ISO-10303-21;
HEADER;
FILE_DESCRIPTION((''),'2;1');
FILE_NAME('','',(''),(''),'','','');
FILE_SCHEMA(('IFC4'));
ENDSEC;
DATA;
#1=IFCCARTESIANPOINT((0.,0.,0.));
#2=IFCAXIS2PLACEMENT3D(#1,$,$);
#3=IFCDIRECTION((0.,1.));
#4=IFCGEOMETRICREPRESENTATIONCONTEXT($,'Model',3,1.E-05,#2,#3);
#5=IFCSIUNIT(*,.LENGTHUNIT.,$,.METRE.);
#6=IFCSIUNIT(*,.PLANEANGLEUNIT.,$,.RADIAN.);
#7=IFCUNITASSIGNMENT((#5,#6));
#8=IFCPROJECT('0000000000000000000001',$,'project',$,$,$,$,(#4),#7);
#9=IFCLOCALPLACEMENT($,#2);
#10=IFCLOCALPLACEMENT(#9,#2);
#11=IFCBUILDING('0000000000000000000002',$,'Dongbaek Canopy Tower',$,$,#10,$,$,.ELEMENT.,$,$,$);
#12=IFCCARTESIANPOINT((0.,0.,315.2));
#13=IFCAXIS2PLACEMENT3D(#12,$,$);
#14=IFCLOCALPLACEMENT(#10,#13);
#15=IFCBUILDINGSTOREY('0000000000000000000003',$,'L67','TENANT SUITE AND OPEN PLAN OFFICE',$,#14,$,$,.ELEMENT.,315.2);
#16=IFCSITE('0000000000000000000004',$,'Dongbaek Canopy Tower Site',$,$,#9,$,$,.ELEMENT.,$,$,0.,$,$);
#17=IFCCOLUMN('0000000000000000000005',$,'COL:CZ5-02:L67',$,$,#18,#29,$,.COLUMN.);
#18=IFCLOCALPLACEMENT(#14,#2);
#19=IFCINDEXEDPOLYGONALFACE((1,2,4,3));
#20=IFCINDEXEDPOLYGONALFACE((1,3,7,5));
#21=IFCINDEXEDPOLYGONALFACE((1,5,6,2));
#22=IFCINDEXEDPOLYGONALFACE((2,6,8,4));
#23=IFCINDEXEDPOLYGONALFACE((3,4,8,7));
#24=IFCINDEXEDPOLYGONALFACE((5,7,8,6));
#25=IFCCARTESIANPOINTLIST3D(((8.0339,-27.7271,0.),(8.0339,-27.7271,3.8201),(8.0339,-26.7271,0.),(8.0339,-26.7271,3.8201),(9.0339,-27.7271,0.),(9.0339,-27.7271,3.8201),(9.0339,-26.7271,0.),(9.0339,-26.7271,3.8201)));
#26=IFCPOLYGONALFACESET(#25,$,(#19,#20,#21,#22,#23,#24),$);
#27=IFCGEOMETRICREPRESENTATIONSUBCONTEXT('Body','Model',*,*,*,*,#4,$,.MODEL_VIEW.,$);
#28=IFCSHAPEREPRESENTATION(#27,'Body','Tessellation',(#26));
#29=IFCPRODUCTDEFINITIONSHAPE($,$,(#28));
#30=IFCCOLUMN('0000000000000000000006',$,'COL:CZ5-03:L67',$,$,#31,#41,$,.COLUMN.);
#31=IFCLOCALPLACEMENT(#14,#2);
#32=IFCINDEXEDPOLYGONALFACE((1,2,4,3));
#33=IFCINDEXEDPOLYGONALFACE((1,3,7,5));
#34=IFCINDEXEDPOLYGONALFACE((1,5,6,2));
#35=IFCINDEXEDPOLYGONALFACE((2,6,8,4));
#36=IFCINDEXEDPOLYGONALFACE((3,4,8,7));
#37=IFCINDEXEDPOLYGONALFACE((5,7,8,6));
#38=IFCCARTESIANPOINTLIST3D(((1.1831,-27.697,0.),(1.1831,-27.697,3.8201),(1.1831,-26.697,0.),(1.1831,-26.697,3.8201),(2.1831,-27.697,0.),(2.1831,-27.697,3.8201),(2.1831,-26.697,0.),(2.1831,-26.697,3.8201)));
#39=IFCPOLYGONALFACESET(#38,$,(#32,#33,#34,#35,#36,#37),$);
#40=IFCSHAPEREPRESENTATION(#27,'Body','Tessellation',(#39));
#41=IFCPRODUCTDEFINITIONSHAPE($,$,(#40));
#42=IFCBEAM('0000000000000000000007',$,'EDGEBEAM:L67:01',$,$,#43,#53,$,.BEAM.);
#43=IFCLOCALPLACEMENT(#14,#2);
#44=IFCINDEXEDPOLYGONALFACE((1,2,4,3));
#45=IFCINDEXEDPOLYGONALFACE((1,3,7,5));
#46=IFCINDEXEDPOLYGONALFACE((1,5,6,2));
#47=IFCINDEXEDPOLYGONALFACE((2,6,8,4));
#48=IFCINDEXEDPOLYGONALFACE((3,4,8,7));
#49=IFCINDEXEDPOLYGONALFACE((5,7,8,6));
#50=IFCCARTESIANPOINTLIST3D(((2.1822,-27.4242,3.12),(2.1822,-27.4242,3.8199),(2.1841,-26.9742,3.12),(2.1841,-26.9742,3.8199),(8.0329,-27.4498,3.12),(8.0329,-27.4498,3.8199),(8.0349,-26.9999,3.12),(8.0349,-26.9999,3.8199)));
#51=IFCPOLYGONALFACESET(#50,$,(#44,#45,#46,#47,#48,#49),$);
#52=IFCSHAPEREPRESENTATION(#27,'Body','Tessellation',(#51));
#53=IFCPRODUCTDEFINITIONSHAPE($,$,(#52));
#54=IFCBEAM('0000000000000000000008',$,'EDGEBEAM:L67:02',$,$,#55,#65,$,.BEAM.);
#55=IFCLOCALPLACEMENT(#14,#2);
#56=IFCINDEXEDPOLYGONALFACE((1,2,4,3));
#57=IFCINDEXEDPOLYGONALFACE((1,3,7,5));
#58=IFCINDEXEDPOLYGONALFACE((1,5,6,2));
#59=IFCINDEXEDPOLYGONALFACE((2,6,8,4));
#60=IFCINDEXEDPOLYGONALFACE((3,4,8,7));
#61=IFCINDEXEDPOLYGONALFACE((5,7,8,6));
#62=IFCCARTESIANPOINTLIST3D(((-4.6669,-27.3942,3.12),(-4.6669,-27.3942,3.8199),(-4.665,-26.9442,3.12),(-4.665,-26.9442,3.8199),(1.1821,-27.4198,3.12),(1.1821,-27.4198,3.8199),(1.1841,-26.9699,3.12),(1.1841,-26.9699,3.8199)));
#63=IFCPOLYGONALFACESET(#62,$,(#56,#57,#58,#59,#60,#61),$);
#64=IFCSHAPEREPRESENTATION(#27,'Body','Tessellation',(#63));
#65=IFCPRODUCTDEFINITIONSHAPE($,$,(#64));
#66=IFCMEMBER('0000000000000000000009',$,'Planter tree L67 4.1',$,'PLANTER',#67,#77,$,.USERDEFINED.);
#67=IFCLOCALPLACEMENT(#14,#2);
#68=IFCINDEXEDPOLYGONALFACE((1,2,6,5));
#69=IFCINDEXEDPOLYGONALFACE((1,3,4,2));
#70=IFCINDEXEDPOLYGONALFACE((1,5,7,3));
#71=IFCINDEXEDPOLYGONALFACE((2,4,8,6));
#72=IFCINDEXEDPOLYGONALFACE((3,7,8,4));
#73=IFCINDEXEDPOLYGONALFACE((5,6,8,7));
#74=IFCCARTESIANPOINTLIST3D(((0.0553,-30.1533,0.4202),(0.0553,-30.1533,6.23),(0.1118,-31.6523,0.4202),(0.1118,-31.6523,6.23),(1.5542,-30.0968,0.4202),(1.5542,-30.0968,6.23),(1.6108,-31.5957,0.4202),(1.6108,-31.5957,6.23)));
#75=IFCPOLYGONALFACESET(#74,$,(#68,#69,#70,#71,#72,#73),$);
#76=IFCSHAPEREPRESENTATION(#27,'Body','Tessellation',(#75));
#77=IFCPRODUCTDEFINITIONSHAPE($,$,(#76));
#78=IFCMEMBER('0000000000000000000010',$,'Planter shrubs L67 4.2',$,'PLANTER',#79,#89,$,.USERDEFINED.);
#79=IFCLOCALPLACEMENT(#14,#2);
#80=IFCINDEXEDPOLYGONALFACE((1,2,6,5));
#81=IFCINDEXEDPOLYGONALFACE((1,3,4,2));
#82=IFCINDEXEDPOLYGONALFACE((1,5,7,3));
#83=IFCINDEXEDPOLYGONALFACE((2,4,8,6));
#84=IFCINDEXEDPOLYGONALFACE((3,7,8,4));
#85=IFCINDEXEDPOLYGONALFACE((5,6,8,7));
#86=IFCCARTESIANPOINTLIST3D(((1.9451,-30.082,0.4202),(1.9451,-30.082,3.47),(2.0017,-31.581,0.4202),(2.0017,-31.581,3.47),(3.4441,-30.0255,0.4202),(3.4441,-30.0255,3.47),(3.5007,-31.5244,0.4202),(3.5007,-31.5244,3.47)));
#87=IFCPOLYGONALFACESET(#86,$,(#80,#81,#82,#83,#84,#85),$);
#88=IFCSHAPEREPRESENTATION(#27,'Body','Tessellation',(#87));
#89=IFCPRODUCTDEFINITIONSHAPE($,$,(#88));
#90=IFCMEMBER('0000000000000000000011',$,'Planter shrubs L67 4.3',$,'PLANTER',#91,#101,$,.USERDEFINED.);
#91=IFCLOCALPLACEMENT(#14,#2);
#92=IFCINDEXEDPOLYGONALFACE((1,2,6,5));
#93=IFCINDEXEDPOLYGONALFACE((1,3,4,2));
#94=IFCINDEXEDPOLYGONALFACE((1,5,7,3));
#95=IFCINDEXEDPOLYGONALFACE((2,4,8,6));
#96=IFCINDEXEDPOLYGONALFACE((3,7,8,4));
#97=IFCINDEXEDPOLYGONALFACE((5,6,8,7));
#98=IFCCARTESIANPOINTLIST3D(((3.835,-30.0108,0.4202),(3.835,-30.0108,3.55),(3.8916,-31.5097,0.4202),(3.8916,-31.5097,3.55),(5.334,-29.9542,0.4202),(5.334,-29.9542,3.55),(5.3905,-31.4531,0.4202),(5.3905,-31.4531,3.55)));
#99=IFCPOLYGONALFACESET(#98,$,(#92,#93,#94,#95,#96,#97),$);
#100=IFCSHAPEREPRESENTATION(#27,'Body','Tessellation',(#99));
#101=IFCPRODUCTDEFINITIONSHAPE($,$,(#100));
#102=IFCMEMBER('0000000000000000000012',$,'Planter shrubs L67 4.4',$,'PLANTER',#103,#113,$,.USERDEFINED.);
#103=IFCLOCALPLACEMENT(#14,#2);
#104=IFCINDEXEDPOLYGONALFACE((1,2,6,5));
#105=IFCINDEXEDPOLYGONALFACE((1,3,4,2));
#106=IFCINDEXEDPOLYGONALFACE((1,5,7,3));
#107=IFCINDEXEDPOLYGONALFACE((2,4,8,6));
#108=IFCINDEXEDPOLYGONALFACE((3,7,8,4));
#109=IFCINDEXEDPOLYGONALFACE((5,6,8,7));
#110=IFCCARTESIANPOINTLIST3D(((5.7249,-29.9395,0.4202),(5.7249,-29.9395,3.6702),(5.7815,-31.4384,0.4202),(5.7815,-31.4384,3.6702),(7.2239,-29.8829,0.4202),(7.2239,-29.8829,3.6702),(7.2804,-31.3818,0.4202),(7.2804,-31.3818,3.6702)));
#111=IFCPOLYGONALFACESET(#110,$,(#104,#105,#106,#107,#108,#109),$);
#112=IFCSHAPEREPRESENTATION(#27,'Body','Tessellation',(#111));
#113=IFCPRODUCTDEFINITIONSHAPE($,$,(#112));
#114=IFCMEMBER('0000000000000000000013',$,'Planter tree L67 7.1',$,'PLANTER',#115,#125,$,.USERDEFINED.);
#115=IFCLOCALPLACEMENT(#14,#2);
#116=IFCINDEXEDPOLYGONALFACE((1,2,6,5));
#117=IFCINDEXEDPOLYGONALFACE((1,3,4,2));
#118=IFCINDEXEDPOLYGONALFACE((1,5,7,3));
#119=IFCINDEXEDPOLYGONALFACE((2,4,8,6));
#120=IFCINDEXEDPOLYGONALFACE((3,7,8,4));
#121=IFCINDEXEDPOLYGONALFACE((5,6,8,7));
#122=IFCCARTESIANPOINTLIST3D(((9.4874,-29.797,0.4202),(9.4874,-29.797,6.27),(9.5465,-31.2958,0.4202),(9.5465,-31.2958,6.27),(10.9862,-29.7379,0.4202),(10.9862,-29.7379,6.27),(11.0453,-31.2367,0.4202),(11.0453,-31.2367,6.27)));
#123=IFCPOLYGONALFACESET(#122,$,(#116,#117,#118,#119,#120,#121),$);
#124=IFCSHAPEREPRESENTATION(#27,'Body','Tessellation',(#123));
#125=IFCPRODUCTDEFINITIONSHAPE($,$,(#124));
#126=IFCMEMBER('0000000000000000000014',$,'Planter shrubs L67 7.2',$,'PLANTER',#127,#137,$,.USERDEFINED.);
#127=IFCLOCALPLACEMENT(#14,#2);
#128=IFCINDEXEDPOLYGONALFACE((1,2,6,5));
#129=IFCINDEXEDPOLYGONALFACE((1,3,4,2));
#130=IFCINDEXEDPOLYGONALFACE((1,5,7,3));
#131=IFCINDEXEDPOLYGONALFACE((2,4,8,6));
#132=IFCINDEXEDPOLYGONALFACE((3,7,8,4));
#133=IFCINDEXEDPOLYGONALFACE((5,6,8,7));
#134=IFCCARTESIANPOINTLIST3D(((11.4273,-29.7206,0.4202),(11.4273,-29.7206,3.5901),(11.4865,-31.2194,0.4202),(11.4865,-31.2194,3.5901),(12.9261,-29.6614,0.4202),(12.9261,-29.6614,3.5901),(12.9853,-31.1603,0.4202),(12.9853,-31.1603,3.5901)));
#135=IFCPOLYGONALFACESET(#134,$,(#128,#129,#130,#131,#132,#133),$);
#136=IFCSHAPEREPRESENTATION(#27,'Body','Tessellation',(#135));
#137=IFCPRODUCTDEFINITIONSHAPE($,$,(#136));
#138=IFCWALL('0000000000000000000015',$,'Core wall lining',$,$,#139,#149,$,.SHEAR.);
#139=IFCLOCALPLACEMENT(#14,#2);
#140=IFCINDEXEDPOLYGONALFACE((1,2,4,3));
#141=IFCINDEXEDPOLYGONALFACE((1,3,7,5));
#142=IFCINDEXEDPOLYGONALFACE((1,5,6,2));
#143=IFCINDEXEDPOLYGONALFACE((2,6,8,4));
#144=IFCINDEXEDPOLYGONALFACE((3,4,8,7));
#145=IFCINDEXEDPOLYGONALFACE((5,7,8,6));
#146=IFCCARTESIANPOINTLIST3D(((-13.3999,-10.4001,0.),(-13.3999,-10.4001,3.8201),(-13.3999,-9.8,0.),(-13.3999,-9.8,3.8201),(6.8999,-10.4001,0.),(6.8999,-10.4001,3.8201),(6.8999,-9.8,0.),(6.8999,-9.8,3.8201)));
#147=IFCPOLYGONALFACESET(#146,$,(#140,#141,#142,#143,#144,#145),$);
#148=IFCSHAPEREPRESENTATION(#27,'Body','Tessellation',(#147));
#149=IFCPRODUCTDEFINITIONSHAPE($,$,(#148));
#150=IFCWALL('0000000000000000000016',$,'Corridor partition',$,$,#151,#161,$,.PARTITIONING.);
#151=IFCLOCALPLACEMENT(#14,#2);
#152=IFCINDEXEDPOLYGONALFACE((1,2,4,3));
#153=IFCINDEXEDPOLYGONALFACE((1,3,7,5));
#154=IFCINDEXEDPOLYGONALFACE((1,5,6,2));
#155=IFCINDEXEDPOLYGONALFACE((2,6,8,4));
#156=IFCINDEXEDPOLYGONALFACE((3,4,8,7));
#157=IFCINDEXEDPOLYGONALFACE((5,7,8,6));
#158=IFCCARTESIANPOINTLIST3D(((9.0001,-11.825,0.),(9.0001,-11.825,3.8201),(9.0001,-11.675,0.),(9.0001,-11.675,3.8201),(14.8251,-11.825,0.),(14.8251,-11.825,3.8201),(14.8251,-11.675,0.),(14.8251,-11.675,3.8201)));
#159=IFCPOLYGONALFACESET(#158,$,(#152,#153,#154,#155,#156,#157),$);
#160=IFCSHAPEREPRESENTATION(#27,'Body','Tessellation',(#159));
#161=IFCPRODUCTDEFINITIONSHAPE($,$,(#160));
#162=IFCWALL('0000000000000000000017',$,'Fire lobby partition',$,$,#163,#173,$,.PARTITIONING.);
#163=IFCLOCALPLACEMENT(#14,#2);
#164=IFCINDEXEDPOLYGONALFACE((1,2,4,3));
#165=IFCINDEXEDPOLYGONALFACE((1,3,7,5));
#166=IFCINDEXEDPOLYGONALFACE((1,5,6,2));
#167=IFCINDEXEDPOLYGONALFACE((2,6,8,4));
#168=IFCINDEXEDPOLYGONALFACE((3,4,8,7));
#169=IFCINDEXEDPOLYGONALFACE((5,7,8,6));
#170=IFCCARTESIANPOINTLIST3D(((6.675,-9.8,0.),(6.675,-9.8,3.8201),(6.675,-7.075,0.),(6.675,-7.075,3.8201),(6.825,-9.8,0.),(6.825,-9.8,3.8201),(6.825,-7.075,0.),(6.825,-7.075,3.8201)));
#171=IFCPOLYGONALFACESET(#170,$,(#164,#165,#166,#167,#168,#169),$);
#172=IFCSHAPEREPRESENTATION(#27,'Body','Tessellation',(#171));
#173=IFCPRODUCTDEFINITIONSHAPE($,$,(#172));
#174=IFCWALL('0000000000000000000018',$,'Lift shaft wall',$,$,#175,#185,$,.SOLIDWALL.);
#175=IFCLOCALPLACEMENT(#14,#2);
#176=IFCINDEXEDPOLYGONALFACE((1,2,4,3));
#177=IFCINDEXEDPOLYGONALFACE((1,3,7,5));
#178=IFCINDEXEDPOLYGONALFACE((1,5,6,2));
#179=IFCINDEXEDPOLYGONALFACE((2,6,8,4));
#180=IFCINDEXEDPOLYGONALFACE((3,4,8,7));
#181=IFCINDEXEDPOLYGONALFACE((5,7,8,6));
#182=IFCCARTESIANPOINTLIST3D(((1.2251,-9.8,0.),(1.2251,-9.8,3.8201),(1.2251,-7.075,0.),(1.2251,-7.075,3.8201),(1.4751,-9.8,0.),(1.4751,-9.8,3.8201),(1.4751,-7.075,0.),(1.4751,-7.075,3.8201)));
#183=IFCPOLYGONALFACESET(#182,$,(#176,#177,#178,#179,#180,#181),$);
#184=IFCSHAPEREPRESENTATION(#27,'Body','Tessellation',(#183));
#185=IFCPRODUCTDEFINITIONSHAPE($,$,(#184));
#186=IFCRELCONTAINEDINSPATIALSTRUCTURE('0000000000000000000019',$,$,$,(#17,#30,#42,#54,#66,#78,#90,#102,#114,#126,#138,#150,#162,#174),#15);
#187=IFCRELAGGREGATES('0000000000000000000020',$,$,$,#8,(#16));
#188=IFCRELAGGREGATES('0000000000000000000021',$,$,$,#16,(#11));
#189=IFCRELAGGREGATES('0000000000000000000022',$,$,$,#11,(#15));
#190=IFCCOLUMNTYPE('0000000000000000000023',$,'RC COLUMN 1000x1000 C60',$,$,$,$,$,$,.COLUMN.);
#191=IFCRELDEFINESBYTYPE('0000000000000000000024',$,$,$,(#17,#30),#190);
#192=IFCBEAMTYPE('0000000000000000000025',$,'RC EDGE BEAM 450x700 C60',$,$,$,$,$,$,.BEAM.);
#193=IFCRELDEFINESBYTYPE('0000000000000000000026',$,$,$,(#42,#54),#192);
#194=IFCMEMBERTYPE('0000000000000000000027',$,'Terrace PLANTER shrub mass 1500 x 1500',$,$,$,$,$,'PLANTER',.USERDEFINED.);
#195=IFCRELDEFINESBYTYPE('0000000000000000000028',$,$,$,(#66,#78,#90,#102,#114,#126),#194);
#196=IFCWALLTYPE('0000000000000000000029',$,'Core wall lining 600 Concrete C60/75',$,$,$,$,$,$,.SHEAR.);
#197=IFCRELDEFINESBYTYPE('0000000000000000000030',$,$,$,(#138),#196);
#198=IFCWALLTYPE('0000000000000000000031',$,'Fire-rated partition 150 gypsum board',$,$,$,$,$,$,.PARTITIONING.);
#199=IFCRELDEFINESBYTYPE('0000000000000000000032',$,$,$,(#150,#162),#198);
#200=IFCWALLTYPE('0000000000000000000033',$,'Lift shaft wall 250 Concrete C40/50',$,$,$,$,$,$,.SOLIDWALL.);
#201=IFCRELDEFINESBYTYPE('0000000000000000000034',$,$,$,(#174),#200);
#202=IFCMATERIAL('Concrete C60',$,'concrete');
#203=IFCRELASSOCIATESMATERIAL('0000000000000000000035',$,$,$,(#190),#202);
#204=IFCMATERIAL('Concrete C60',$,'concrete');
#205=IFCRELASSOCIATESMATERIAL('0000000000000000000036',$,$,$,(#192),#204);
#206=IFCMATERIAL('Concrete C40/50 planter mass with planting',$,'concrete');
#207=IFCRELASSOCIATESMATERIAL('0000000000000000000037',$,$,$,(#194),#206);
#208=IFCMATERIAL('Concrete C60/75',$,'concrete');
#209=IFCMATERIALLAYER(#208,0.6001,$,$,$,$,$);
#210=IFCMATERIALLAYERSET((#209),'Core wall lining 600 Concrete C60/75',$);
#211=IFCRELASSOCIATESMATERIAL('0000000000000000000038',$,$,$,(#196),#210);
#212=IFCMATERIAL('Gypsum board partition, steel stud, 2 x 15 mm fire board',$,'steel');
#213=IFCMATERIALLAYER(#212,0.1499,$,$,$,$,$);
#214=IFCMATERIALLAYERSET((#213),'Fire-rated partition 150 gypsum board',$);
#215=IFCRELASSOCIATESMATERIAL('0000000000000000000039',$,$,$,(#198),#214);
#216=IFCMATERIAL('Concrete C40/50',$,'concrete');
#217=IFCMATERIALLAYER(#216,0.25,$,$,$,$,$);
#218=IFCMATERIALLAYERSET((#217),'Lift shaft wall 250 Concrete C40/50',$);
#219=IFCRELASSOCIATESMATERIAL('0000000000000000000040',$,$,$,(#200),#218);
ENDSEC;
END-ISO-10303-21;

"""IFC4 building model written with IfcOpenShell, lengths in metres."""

from ifc_helpers import new_model, si_unit, direction, frame, frame_2d, origin, origin_2d, place, context, subcontext, project, spatial, rectangle, extrude, material, layer, layer_set, material_profile, profile_set, type_object, element, save


model = new_model("IFC4")

# Units and contexts
model_context = context("Model", 3, precision=1e-05, world=origin(), true_north=direction((0.0, 1.0)))
body_context = subcontext(model_context, "Body", "Model", "MODEL_VIEW")
ifc_project = project(units=[si_unit("LENGTHUNIT", "METRE"), si_unit("PLANEANGLEUNIT", "RADIAN")], contexts=[model_context])

# Site, building, storey
site_placement = place(None, origin())
site = spatial("IfcSite", under=ifc_project, at=site_placement, Name="Dongbaek Canopy Tower Site", CompositionType="ELEMENT", RefElevation=0.0)
building_placement = place(site_placement, origin())
building = spatial("IfcBuilding", under=site, at=building_placement, Name="Dongbaek Canopy Tower", CompositionType="ELEMENT")
storey_placement = place(building_placement, frame((0.0, 0.0, 315.2)))
storey = spatial("IfcBuildingStorey", under=building, at=storey_placement, Name="L67", Description="TENANT SUITE AND OPEN PLAN OFFICE", CompositionType="ELEMENT", Elevation=315.2)

# Columns
ifc_material_1 = material(Name="Concrete C60", Category="concrete")
ifc_material_profile_1 = material_profile(ifc_material_1, rectangle(XDim=1.0, YDim=1.0, at=origin_2d()), Name="RC COLUMN 1000x1000 C60")
ifc_profile_set_1 = profile_set([ifc_material_profile_1], Name="Concrete C60")
column_type = type_object("IfcColumnType", Name="RC COLUMN 1000x1000 C60", PredefinedType="COLUMN", material=ifc_profile_set_1)
for number, where, z_axis, x_axis, name in (
    (1, (8.5339, -27.2271, 0.0), (0.0, 0.0, 1.0), (1.0, 0.0, 0.0), "COL:CZ5-02:L67"),
    (2, (1.6831, -27.197, 0.0), (0.0, 0.0, 1.0), (1.0, 0.0, 0.0), "COL:CZ5-03:L67"),
):
    element("IfcColumn", number, at=place(storey_placement, frame(where, z_axis=z_axis, x_axis=x_axis)), inside=storey, type_object=column_type, Name=name, PredefinedType="COLUMN", context=body_context, shape_type="SweptSolid", body=[
        extrude(rectangle(XDim=1.0, YDim=1.0, at=origin_2d()), origin(), (0.0, 0.0, 1.0), 3.8201),
    ])

# Beams
ifc_material_2 = material(Name="Concrete C60", Category="concrete")
ifc_material_profile_2 = material_profile(ifc_material_2, rectangle(XDim=0.45, YDim=0.7, at=origin_2d()), Name="RC EDGE BEAM 450x700 C60")
ifc_profile_set_2 = profile_set([ifc_material_profile_2], Name="Concrete C60")
beam_type = type_object("IfcBeamType", Name="RC EDGE BEAM 450x700 C60", PredefinedType="BEAM", material=ifc_profile_set_2)
beam_1_placement = place(storey_placement, frame((8.0339, -27.2249, 3.47), z_axis=(-0.99999, 0.004381, 0.0), x_axis=(-0.004381, -0.99999, 0.0)))
element("IfcBeam", 3, at=beam_1_placement, inside=storey, type_object=beam_type, Name="EDGEBEAM:L67:01", PredefinedType="BEAM", context=body_context, shape_type="SweptSolid", body=[
    extrude(rectangle(XDim=0.45, YDim=0.7, at=origin_2d()), origin(), (0.0, 0.0, 1.0), 5.8508),
])
beam_2_placement = place(storey_placement, frame((1.1831, -27.1948, 3.47), z_axis=(-0.99999, 0.004383, 0.0), x_axis=(-0.004383, -0.99999, 0.0)))
element("IfcBeam", 4, at=beam_2_placement, inside=storey, type_object=beam_type, Name="EDGEBEAM:L67:02", PredefinedType="BEAM", context=body_context, shape_type="SweptSolid", body=[
    extrude(rectangle(XDim=0.45, YDim=0.7, at=origin_2d()), origin(), (0.0, 0.0, 1.0), 5.8491),
])

# Members
ifc_material_3 = material(Name="Concrete C40/50 planter mass with planting", Category="concrete")
ifc_material_profile_3 = material_profile(ifc_material_3, rectangle(XDim=1.5, YDim=1.5, at=origin_2d()), Name="Terrace PLANTER shrub mass 1500 x 1500")
ifc_profile_set_3 = profile_set([ifc_material_profile_3], Name="Concrete C40/50 planter mass with planting")
member_type = type_object("IfcMemberType", Name="Terrace PLANTER shrub mass 1500 x 1500", ElementType="PLANTER", PredefinedType="USERDEFINED", material=ifc_profile_set_3)
member_1_placement = place(storey_placement, frame((0.833, -30.8745, 0.4202), z_axis=(0.0, 0.0, 1.0), x_axis=(0.037712, -0.999289, 0.0)))
element("IfcMember", 5, at=member_1_placement, inside=storey, type_object=member_type, Name="Planter tree L67 4.1", ObjectType="PLANTER", PredefinedType="USERDEFINED", context=body_context, shape_type="SweptSolid", body=[
    extrude(rectangle(XDim=1.5, YDim=1.5, at=origin_2d()), origin(), (0.0, 0.0, 1.0), 5.8098),
])
member_2_placement = place(storey_placement, frame((2.7229, -30.8032, 0.4202), z_axis=(0.0, 0.0, 1.0), x_axis=(0.037712, -0.999289, 0.0)))
element("IfcMember", 6, at=member_2_placement, inside=storey, type_object=member_type, Name="Planter shrubs L67 4.2", ObjectType="PLANTER", PredefinedType="USERDEFINED", context=body_context, shape_type="SweptSolid", body=[
    extrude(rectangle(XDim=1.5, YDim=1.5, at=origin_2d()), origin(), (0.0, 0.0, 1.0), 3.0498),
])
member_3_placement = place(storey_placement, frame((4.6128, -30.7319, 0.4202), z_axis=(0.0, 0.0, 1.0), x_axis=(0.037712, -0.999289, 0.0)))
element("IfcMember", 7, at=member_3_placement, inside=storey, type_object=member_type, Name="Planter shrubs L67 4.3", ObjectType="PLANTER", PredefinedType="USERDEFINED", context=body_context, shape_type="SweptSolid", body=[
    extrude(rectangle(XDim=1.5, YDim=1.5, at=origin_2d()), origin(), (0.0, 0.0, 1.0), 3.1299),
])
member_4_placement = place(storey_placement, frame((6.5027, -30.6606, 0.4202), z_axis=(0.0, 0.0, 1.0), x_axis=(0.037712, -0.999289, 0.0)))
element("IfcMember", 8, at=member_4_placement, inside=storey, type_object=member_type, Name="Planter shrubs L67 4.4", ObjectType="PLANTER", PredefinedType="USERDEFINED", context=body_context, shape_type="SweptSolid", body=[
    extrude(rectangle(XDim=1.5, YDim=1.5, at=origin_2d()), origin(), (0.0, 0.0, 1.0), 3.25),
])
member_5_placement = place(storey_placement, frame((10.2664, -30.5168, 0.4202), z_axis=(0.0, 0.0, 1.0), x_axis=(0.039433, -0.999222, 0.0)))
element("IfcMember", 9, at=member_5_placement, inside=storey, type_object=member_type, Name="Planter tree L67 7.1", ObjectType="PLANTER", PredefinedType="USERDEFINED", context=body_context, shape_type="SweptSolid", body=[
    extrude(rectangle(XDim=1.5, YDim=1.5, at=origin_2d()), origin(), (0.0, 0.0, 1.0), 5.8499),
])
member_6_placement = place(storey_placement, frame((12.2063, -30.4404, 0.4202), z_axis=(0.0, 0.0, 1.0), x_axis=(0.039433, -0.999222, 0.0)))
element("IfcMember", 10, at=member_6_placement, inside=storey, type_object=member_type, Name="Planter shrubs L67 7.2", ObjectType="PLANTER", PredefinedType="USERDEFINED", context=body_context, shape_type="SweptSolid", body=[
    extrude(rectangle(XDim=1.5, YDim=1.5, at=origin_2d()), origin(), (0.0, 0.0, 1.0), 3.1699),
])

# Walls
ifc_material_4 = material(Name="Concrete C60/75", Category="concrete")
ifc_layer_1 = layer(ifc_material_4, 0.6001)
ifc_layer_set_1 = layer_set([ifc_layer_1], Name="Core wall lining 600 Concrete C60/75")
wall_type_1 = type_object("IfcWallType", Name="Core wall lining 600 Concrete C60/75", PredefinedType="SHEAR", material=ifc_layer_set_1)
wall_1_placement = place(storey_placement, frame((6.8999, -10.1001, 0.0), z_axis=(0.0, 0.0, 1.0), x_axis=(-1.0, 0.0, 0.0)))
element("IfcWall", 11, at=wall_1_placement, inside=storey, type_object=wall_type_1, Name="Core wall lining", PredefinedType="SHEAR", context=body_context, shape_type="SweptSolid", body=[
    extrude(rectangle(XDim=20.2998, YDim=0.6001, at=frame_2d((10.1499, 0.0))), origin(), (0.0, 0.0, 1.0), 3.8201),
])
ifc_material_5 = material(Name="Gypsum board partition, steel stud, 2 x 15 mm fire board", Category="steel")
ifc_layer_2 = layer(ifc_material_5, 0.1499)
ifc_layer_set_2 = layer_set([ifc_layer_2], Name="Fire-rated partition 150 gypsum board")
wall_type_2 = type_object("IfcWallType", Name="Fire-rated partition 150 gypsum board", PredefinedType="PARTITIONING", material=ifc_layer_set_2)
wall_2_placement = place(storey_placement, frame((9.0, -11.75, 0.0), z_axis=(0.0, 0.0, 1.0), x_axis=(1.0, 0.0, 0.0)))
element("IfcWall", 12, at=wall_2_placement, inside=storey, type_object=wall_type_2, Name="Corridor partition", PredefinedType="PARTITIONING", context=body_context, shape_type="SweptSolid", body=[
    extrude(rectangle(XDim=5.825, YDim=0.1499, at=frame_2d((2.9126, 0.0))), origin(), (0.0, 0.0, 1.0), 3.8201),
])
wall_3_placement = place(storey_placement, frame((6.75, -9.8, 0.0), z_axis=(0.0, 0.0, 1.0), x_axis=(0.0, 1.0, 0.0)))
element("IfcWall", 13, at=wall_3_placement, inside=storey, type_object=wall_type_2, Name="Fire lobby partition", PredefinedType="PARTITIONING", context=body_context, shape_type="SweptSolid", body=[
    extrude(rectangle(XDim=2.7251, YDim=0.1499, at=frame_2d((1.3625, 0.0))), origin(), (0.0, 0.0, 1.0), 3.8201),
])
ifc_material_6 = material(Name="Concrete C40/50", Category="concrete")
ifc_layer_3 = layer(ifc_material_6, 0.25)
ifc_layer_set_3 = layer_set([ifc_layer_3], Name="Lift shaft wall 250 Concrete C40/50")
wall_type_3 = type_object("IfcWallType", Name="Lift shaft wall 250 Concrete C40/50", PredefinedType="SOLIDWALL", material=ifc_layer_set_3)
wall_4_placement = place(storey_placement, frame((1.3501, -9.8, 0.0), z_axis=(0.0, 0.0, 1.0), x_axis=(0.0, 1.0, 0.0)))
element("IfcWall", 14, at=wall_4_placement, inside=storey, type_object=wall_type_3, Name="Lift shaft wall", PredefinedType="SOLIDWALL", context=body_context, shape_type="SweptSolid", body=[
    extrude(rectangle(XDim=2.7251, YDim=0.25, at=frame_2d((1.3625, 0.0))), origin(), (0.0, 0.0, 1.0), 3.8201),
])

save(model, "model.ifc")
